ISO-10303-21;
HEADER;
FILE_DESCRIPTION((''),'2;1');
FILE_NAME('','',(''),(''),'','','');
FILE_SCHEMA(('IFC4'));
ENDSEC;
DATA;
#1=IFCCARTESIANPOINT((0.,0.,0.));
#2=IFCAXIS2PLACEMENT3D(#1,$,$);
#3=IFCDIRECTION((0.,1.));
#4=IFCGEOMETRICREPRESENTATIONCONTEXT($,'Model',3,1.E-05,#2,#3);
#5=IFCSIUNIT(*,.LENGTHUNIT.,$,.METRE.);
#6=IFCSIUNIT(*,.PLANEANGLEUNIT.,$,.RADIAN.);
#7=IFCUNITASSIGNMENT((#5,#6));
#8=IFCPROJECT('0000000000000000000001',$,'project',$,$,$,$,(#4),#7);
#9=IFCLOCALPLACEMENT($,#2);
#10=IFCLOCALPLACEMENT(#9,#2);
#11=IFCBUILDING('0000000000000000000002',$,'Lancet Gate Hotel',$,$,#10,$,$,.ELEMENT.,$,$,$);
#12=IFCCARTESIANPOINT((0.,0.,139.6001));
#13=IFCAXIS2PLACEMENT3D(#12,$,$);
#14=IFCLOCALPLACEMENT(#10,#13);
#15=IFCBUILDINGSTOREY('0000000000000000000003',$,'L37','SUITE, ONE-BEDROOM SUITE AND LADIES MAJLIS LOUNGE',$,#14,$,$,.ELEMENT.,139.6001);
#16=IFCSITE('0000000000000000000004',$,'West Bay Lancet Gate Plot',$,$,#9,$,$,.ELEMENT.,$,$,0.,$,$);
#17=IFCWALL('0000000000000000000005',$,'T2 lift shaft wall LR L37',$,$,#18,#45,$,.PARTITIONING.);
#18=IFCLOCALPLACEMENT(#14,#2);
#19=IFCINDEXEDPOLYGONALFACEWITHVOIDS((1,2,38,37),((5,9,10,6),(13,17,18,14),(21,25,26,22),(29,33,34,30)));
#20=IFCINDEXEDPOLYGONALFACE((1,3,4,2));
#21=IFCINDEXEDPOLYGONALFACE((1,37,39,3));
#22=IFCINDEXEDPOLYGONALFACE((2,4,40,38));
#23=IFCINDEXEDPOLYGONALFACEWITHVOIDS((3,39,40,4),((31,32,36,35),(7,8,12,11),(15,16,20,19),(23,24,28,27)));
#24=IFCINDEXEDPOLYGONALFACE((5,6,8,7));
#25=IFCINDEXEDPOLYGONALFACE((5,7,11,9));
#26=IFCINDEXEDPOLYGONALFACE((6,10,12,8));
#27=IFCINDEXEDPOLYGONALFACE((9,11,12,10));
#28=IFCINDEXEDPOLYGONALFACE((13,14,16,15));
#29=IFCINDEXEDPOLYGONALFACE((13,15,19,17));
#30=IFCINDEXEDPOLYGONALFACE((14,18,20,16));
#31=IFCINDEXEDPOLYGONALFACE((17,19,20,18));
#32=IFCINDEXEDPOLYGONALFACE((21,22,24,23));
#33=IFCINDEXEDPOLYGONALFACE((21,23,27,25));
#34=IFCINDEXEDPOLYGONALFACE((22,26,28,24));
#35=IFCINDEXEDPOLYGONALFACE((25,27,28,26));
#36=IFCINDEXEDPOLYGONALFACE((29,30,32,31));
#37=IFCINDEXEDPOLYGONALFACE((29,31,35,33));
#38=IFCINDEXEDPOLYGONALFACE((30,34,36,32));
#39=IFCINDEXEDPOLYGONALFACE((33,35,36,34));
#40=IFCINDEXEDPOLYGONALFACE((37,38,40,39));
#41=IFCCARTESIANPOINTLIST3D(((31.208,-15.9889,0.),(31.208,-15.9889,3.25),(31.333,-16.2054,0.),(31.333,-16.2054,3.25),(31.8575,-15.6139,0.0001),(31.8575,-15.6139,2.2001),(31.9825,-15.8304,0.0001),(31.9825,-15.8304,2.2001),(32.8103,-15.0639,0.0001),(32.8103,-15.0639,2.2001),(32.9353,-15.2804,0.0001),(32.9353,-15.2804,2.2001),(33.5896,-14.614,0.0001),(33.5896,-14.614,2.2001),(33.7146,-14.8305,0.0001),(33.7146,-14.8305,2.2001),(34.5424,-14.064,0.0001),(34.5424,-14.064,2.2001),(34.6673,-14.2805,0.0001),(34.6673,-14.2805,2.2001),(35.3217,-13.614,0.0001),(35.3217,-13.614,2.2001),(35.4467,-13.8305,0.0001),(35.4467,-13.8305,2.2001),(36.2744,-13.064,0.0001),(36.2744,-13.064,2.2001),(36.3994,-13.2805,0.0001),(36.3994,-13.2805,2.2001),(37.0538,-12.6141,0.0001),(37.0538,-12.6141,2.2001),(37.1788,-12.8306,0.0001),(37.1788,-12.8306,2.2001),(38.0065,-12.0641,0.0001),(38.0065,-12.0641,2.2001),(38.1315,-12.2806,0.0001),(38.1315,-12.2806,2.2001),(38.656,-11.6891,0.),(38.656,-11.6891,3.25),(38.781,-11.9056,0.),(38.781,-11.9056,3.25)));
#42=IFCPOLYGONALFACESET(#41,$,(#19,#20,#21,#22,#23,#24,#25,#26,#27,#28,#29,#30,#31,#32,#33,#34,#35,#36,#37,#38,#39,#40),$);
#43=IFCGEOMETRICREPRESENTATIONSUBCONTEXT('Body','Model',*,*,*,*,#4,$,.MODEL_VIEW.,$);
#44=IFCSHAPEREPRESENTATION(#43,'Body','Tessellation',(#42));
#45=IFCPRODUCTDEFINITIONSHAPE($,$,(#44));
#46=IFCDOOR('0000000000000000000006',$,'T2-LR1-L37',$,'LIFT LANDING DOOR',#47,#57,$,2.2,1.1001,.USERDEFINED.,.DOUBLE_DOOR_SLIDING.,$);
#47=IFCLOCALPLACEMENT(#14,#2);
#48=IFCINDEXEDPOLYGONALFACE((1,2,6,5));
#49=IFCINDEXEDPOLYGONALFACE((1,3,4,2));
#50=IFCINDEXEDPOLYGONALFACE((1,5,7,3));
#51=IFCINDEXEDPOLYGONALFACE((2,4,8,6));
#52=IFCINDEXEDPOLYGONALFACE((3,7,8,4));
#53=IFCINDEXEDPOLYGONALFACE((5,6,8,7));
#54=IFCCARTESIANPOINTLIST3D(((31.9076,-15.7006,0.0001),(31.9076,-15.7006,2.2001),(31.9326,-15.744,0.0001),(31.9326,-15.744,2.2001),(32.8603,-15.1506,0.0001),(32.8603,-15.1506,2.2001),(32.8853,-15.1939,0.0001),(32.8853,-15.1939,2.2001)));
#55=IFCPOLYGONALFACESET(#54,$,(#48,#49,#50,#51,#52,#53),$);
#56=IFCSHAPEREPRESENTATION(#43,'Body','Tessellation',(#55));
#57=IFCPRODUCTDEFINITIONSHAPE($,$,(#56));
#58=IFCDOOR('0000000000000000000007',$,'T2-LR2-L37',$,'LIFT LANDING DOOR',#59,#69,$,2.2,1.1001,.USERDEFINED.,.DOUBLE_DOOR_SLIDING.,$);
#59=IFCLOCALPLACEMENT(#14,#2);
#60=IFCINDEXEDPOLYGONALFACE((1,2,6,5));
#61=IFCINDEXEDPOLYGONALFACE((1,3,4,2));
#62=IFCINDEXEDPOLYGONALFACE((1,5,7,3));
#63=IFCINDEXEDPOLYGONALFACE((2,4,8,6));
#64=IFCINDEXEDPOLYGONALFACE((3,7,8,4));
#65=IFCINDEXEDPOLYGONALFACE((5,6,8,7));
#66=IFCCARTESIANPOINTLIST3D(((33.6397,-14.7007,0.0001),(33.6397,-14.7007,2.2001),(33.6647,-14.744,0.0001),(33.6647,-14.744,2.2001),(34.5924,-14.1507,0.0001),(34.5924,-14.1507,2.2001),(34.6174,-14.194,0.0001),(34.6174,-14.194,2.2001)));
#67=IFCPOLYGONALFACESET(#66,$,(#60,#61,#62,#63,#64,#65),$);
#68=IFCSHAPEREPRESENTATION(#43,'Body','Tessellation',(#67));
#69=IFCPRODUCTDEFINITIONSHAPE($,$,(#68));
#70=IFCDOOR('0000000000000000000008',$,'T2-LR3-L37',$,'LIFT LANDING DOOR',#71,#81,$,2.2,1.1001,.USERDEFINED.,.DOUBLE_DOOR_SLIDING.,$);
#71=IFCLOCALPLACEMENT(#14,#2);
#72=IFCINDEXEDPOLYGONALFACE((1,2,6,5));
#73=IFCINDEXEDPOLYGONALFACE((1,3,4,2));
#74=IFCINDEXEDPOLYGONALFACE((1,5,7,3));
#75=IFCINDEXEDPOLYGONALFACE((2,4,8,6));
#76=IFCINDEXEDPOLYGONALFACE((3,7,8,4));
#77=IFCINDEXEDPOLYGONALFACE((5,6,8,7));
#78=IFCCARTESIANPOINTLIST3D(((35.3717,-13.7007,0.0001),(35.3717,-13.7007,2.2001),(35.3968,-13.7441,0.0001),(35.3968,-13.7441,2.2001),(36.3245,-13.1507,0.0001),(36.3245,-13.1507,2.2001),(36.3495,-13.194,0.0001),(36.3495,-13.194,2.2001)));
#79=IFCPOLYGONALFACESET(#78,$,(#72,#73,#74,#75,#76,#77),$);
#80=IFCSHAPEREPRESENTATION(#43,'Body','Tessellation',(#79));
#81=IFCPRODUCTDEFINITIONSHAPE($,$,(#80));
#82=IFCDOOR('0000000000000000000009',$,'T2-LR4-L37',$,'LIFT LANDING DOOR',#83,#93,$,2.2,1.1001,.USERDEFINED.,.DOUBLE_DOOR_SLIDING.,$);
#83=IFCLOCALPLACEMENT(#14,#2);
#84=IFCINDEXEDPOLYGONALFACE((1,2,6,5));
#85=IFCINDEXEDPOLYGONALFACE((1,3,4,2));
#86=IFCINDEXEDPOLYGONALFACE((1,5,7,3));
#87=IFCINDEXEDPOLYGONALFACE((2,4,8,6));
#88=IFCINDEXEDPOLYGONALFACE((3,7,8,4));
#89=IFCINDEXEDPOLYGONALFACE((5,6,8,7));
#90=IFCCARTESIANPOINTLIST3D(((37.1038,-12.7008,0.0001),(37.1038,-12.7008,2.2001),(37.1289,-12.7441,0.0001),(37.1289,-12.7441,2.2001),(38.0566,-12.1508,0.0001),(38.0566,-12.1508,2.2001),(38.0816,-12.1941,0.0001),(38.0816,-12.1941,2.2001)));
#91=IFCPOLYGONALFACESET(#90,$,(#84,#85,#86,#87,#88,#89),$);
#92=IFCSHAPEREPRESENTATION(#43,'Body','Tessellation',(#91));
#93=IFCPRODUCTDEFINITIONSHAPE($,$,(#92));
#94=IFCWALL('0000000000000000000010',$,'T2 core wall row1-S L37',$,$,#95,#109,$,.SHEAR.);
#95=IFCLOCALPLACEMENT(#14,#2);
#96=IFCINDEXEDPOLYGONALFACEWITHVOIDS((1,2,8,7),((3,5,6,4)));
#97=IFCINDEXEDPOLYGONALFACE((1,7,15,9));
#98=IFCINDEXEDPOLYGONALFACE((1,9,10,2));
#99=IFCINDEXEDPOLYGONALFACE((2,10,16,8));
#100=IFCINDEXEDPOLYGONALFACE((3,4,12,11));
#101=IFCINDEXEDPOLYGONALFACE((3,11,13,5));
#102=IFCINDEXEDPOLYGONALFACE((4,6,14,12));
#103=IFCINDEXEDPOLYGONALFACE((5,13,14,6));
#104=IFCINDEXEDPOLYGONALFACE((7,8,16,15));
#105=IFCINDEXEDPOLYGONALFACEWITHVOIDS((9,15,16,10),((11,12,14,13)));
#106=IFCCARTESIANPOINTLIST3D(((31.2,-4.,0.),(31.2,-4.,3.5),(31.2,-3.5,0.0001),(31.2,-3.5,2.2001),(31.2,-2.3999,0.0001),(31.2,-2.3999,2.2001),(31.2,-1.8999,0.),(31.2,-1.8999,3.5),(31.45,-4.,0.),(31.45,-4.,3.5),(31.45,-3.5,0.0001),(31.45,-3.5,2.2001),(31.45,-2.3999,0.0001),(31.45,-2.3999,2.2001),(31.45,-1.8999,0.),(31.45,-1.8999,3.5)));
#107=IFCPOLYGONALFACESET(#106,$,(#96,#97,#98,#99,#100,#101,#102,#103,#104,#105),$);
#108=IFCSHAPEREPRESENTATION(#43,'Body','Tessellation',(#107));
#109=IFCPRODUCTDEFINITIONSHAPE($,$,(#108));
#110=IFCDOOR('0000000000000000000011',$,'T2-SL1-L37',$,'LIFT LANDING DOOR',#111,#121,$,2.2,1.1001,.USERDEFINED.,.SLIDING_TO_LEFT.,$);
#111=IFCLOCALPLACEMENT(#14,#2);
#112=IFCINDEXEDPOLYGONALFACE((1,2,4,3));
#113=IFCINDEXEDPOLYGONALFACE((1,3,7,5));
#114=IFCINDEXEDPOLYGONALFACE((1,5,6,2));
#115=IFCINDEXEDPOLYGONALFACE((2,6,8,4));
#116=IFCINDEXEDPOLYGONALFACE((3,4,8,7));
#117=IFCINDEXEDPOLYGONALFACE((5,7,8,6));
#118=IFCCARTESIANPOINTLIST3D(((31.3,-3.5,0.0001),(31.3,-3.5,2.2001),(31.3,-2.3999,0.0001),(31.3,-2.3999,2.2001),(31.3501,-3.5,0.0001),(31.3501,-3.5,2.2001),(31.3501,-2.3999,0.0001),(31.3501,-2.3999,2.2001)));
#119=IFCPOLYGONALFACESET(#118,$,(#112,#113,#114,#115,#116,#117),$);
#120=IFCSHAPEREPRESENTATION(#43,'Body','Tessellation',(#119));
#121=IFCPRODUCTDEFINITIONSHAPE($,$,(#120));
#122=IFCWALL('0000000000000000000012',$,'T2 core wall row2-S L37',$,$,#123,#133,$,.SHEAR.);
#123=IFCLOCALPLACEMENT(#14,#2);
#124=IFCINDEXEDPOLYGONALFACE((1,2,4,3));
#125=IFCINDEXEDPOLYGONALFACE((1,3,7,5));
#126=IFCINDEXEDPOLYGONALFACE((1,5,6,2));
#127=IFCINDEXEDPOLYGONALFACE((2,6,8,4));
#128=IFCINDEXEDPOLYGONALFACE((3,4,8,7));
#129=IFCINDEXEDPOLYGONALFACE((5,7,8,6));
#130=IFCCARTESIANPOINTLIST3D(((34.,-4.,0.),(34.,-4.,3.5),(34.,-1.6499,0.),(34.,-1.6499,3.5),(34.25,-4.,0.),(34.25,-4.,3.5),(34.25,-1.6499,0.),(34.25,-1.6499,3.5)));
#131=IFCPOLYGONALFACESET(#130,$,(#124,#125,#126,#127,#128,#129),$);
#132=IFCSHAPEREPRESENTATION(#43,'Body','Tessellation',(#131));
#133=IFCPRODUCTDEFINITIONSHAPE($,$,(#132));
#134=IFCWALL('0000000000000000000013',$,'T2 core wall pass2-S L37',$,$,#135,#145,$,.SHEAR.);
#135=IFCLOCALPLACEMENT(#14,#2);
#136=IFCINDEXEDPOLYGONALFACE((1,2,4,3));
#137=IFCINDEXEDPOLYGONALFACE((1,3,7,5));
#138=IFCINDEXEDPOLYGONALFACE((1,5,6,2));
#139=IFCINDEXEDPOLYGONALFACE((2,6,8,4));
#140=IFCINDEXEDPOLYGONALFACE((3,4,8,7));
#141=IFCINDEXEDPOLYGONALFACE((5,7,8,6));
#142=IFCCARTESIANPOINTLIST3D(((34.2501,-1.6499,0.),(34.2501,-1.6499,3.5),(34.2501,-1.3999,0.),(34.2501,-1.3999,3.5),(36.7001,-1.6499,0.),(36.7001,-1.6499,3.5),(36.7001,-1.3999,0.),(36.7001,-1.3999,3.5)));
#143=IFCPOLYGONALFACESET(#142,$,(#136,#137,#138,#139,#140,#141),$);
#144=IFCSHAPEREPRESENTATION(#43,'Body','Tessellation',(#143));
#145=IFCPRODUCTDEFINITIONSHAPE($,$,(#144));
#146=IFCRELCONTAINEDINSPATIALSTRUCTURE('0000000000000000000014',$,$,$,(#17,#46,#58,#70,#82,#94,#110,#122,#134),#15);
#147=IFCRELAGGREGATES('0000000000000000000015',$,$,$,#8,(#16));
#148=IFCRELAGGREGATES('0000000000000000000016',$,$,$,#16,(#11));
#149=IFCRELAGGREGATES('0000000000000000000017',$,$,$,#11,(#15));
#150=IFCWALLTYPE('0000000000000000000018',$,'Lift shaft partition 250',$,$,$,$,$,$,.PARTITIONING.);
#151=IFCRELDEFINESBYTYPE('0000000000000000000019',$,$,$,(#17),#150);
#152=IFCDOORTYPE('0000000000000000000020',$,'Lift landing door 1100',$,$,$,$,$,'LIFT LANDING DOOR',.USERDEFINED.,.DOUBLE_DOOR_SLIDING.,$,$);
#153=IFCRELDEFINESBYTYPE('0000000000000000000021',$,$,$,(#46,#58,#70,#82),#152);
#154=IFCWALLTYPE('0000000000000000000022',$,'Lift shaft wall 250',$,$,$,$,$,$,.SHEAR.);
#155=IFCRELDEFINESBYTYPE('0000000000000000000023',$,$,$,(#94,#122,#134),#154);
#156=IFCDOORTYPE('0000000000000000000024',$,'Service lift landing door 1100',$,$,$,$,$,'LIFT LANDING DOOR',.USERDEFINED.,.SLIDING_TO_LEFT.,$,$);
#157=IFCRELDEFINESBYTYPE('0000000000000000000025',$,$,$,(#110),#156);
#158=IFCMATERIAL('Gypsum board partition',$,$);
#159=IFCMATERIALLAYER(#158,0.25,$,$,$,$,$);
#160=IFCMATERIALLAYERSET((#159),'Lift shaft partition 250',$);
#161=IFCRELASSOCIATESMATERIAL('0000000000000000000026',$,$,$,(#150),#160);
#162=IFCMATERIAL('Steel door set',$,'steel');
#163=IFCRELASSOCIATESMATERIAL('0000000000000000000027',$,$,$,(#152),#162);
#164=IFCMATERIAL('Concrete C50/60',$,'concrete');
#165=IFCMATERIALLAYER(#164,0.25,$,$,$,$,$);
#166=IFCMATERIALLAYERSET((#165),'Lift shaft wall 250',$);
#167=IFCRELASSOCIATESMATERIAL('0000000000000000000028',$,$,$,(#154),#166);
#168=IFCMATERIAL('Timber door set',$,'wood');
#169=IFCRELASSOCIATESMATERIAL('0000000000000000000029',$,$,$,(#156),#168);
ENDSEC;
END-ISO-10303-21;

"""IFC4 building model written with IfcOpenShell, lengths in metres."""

from ifc_helpers import new_model, si_unit, direction, frame, frame_2d, origin, place, context, subcontext, project, spatial, rectangle, extrude, material, layer, layer_set, type_object, element, fill, save


model = new_model("IFC4")

# Units and contexts
model_context = context("Model", 3, precision=1e-05, world=origin(), true_north=direction((0.0, 1.0)))
body_context = subcontext(model_context, "Body", "Model", "MODEL_VIEW")
ifc_project = project(units=[si_unit("LENGTHUNIT", "METRE"), si_unit("PLANEANGLEUNIT", "RADIAN")], contexts=[model_context])

# Site, building, storey
site_placement = place(None, origin())
site = spatial("IfcSite", under=ifc_project, at=site_placement, Name="West Bay Lancet Gate Plot", CompositionType="ELEMENT", RefElevation=0.0)
building_placement = place(site_placement, origin())
building = spatial("IfcBuilding", under=site, at=building_placement, Name="Lancet Gate Hotel", CompositionType="ELEMENT")
storey_placement = place(building_placement, frame((0.0, 0.0, 139.6001)))
storey = spatial("IfcBuildingStorey", under=building, at=storey_placement, Name="L37", Description="SUITE, ONE-BEDROOM SUITE AND LADIES MAJLIS LOUNGE", CompositionType="ELEMENT", Elevation=139.6001)

# Wall, openings, doors
ifc_material_1 = material(Name="Gypsum board partition")
ifc_layer_1 = layer(ifc_material_1, 0.25)
ifc_layer_set_1 = layer_set([ifc_layer_1], Name="Lift shaft partition 250")
wall_type_1 = type_object("IfcWallType", Name="Lift shaft partition 250", PredefinedType="PARTITIONING", material=ifc_layer_set_1)
wall_1_placement = place(storey_placement, frame((31.2705, -16.0972, 0.0), z_axis=(0.0, 0.0, 1.0), x_axis=(0.86604, 0.499974, 0.0)))
wall_1 = element("IfcWall", 1, at=wall_1_placement, inside=storey, type_object=wall_type_1, Name="T2 lift shaft wall LR L37", PredefinedType="PARTITIONING", context=body_context, shape_type="SweptSolid", body=[
    extrude(rectangle(XDim=8.6001, YDim=0.25, at=frame_2d((4.3, 0.0))), origin(), (0.0, 0.0, 1.0), 3.25),
])
opening_1_placement = place(wall_1_placement, frame((0.75, 0.0, 0.0)))
opening_1 = element("IfcOpeningElement", 2, at=opening_1_placement, cuts=wall_1, PredefinedType="OPENING", context=body_context, shape_type="SweptSolid", body=[
    extrude(rectangle(XDim=1.1001, YDim=2.2, at=frame_2d((0.55, 1.1001))), frame((0.0, 0.135, 0.0), z_axis=(0.0, -1.0, 0.0), x_axis=(1.0, 0.0, 0.0)), (0.0, 0.0, 1.0), 0.27),
])
opening_2_placement = place(wall_1_placement, frame((2.75, 0.0, 0.0)))
opening_2 = element("IfcOpeningElement", 3, at=opening_2_placement, cuts=wall_1, PredefinedType="OPENING", context=body_context, shape_type="SweptSolid", body=[
    extrude(rectangle(XDim=1.1001, YDim=2.2, at=frame_2d((0.55, 1.1001))), frame((0.0, 0.135, 0.0), z_axis=(0.0, -1.0, 0.0), x_axis=(1.0, 0.0, 0.0)), (0.0, 0.0, 1.0), 0.27),
])
opening_3_placement = place(wall_1_placement, frame((4.75, 0.0, 0.0)))
opening_3 = element("IfcOpeningElement", 4, at=opening_3_placement, cuts=wall_1, PredefinedType="OPENING", context=body_context, shape_type="SweptSolid", body=[
    extrude(rectangle(XDim=1.1001, YDim=2.2, at=frame_2d((0.55, 1.1001))), frame((0.0, 0.135, 0.0), z_axis=(0.0, -1.0, 0.0), x_axis=(1.0, 0.0, 0.0)), (0.0, 0.0, 1.0), 0.27),
])
opening_4_placement = place(wall_1_placement, frame((6.75, 0.0, 0.0)))
opening_4 = element("IfcOpeningElement", 5, at=opening_4_placement, cuts=wall_1, PredefinedType="OPENING", context=body_context, shape_type="SweptSolid", body=[
    extrude(rectangle(XDim=1.1001, YDim=2.2, at=frame_2d((0.55, 1.1001))), frame((0.0, 0.135, 0.0), z_axis=(0.0, -1.0, 0.0), x_axis=(1.0, 0.0, 0.0)), (0.0, 0.0, 1.0), 0.27),
])
ifc_material_2 = material(Name="Steel door set", Category="steel")
door_type_1 = type_object("IfcDoorType", Name="Lift landing door 1100", ElementType="LIFT LANDING DOOR", OperationType="DOUBLE_DOOR_SLIDING", PredefinedType="USERDEFINED", material=ifc_material_2)
door_1_placement = place(opening_1_placement, origin())
door_1 = element("IfcDoor", 6, at=door_1_placement, inside=storey, type_object=door_type_1, Name="T2-LR1-L37", ObjectType="LIFT LANDING DOOR", OperationType="DOUBLE_DOOR_SLIDING", OverallHeight=2.2, OverallWidth=1.1001, PredefinedType="USERDEFINED", context=body_context, shape_type="SweptSolid", body=[
    extrude(rectangle(XDim=1.1001, YDim=2.2, at=frame_2d((0.55, 1.1001))), frame((0.0, 0.0249, 0.0), z_axis=(0.0, -1.0, 0.0), x_axis=(1.0, 0.0, 0.0)), (0.0, 0.0, 1.0), 0.05),
])
fill(opening_1, door_1)
door_2_placement = place(opening_2_placement, origin())
door_2 = element("IfcDoor", 7, at=door_2_placement, inside=storey, type_object=door_type_1, Name="T2-LR2-L37", ObjectType="LIFT LANDING DOOR", OperationType="DOUBLE_DOOR_SLIDING", OverallHeight=2.2, OverallWidth=1.1001, PredefinedType="USERDEFINED", context=body_context, shape_type="SweptSolid", body=[
    extrude(rectangle(XDim=1.1001, YDim=2.2, at=frame_2d((0.55, 1.1001))), frame((0.0, 0.0249, 0.0), z_axis=(0.0, -1.0, 0.0), x_axis=(1.0, 0.0, 0.0)), (0.0, 0.0, 1.0), 0.05),
])
fill(opening_2, door_2)
door_3_placement = place(opening_3_placement, origin())
door_3 = element("IfcDoor", 8, at=door_3_placement, inside=storey, type_object=door_type_1, Name="T2-LR3-L37", ObjectType="LIFT LANDING DOOR", OperationType="DOUBLE_DOOR_SLIDING", OverallHeight=2.2, OverallWidth=1.1001, PredefinedType="USERDEFINED", context=body_context, shape_type="SweptSolid", body=[
    extrude(rectangle(XDim=1.1001, YDim=2.2, at=frame_2d((0.55, 1.1001))), frame((0.0, 0.0249, 0.0), z_axis=(0.0, -1.0, 0.0), x_axis=(1.0, 0.0, 0.0)), (0.0, 0.0, 1.0), 0.05),
])
fill(opening_3, door_3)
door_4_placement = place(opening_4_placement, origin())
door_4 = element("IfcDoor", 9, at=door_4_placement, inside=storey, type_object=door_type_1, Name="T2-LR4-L37", ObjectType="LIFT LANDING DOOR", OperationType="DOUBLE_DOOR_SLIDING", OverallHeight=2.2, OverallWidth=1.1001, PredefinedType="USERDEFINED", context=body_context, shape_type="SweptSolid", body=[
    extrude(rectangle(XDim=1.1001, YDim=2.2, at=frame_2d((0.55, 1.1001))), frame((0.0, 0.0249, 0.0), z_axis=(0.0, -1.0, 0.0), x_axis=(1.0, 0.0, 0.0)), (0.0, 0.0, 1.0), 0.05),
])
fill(opening_4, door_4)

# Wall, opening, door
ifc_material_3 = material(Name="Concrete C50/60", Category="concrete")
ifc_layer_2 = layer(ifc_material_3, 0.25)
ifc_layer_set_2 = layer_set([ifc_layer_2], Name="Lift shaft wall 250")
wall_type_2 = type_object("IfcWallType", Name="Lift shaft wall 250", PredefinedType="SHEAR", material=ifc_layer_set_2)
wall_2_placement = place(storey_placement, frame((31.325, -4.0, 0.0), z_axis=(0.0, 0.0, 1.0), x_axis=(0.0, 1.0, 0.0)))
wall_2 = element("IfcWall", 10, at=wall_2_placement, inside=storey, type_object=wall_type_2, Name="T2 core wall row1-S L37", PredefinedType="SHEAR", context=body_context, shape_type="SweptSolid", body=[
    extrude(rectangle(XDim=2.1001, YDim=0.25, at=frame_2d((1.05, 0.0))), origin(), (0.0, 0.0, 1.0), 3.5),
])
opening_5_placement = place(wall_2_placement, frame((0.5, 0.0, 0.0)))
opening_5 = element("IfcOpeningElement", 11, at=opening_5_placement, cuts=wall_2, PredefinedType="OPENING", context=body_context, shape_type="SweptSolid", body=[
    extrude(rectangle(XDim=1.1001, YDim=2.2, at=frame_2d((0.55, 1.1001))), frame((0.0, 0.135, 0.0), z_axis=(0.0, -1.0, 0.0), x_axis=(1.0, 0.0, 0.0)), (0.0, 0.0, 1.0), 0.27),
])
ifc_material_4 = material(Name="Timber door set", Category="wood")
door_type_2 = type_object("IfcDoorType", Name="Service lift landing door 1100", ElementType="LIFT LANDING DOOR", OperationType="SLIDING_TO_LEFT", PredefinedType="USERDEFINED", material=ifc_material_4)
door_5_placement = place(opening_5_placement, origin())
door_5 = element("IfcDoor", 12, at=door_5_placement, inside=storey, type_object=door_type_2, Name="T2-SL1-L37", ObjectType="LIFT LANDING DOOR", OperationType="SLIDING_TO_LEFT", OverallHeight=2.2, OverallWidth=1.1001, PredefinedType="USERDEFINED", context=body_context, shape_type="SweptSolid", body=[
    extrude(rectangle(XDim=1.1001, YDim=2.2, at=frame_2d((0.55, 1.1001))), frame((0.0, 0.0249, 0.0), z_axis=(0.0, -1.0, 0.0), x_axis=(1.0, 0.0, 0.0)), (0.0, 0.0, 1.0), 0.05),
])
fill(opening_5, door_5)

# Walls
wall_3_placement = place(storey_placement, frame((34.125, -4.0, 0.0), z_axis=(0.0, 0.0, 1.0), x_axis=(0.0, 1.0, 0.0)))
element("IfcWall", 13, at=wall_3_placement, inside=storey, type_object=wall_type_2, Name="T2 core wall row2-S L37", PredefinedType="SHEAR", context=body_context, shape_type="SweptSolid", body=[
    extrude(rectangle(XDim=2.3501, YDim=0.25, at=frame_2d((1.175, 0.0))), origin(), (0.0, 0.0, 1.0), 3.5),
])
wall_4_placement = place(storey_placement, frame((34.25, -1.5249, 0.0), z_axis=(0.0, 0.0, 1.0), x_axis=(1.0, 0.0, 0.0)))
element("IfcWall", 14, at=wall_4_placement, inside=storey, type_object=wall_type_2, Name="T2 core wall pass2-S L37", PredefinedType="SHEAR", context=body_context, shape_type="SweptSolid", body=[
    extrude(rectangle(XDim=2.45, YDim=0.25, at=frame_2d((1.2251, 0.0))), origin(), (0.0, 0.0, 1.0), 3.5),
])

save(model, "model.ifc")
